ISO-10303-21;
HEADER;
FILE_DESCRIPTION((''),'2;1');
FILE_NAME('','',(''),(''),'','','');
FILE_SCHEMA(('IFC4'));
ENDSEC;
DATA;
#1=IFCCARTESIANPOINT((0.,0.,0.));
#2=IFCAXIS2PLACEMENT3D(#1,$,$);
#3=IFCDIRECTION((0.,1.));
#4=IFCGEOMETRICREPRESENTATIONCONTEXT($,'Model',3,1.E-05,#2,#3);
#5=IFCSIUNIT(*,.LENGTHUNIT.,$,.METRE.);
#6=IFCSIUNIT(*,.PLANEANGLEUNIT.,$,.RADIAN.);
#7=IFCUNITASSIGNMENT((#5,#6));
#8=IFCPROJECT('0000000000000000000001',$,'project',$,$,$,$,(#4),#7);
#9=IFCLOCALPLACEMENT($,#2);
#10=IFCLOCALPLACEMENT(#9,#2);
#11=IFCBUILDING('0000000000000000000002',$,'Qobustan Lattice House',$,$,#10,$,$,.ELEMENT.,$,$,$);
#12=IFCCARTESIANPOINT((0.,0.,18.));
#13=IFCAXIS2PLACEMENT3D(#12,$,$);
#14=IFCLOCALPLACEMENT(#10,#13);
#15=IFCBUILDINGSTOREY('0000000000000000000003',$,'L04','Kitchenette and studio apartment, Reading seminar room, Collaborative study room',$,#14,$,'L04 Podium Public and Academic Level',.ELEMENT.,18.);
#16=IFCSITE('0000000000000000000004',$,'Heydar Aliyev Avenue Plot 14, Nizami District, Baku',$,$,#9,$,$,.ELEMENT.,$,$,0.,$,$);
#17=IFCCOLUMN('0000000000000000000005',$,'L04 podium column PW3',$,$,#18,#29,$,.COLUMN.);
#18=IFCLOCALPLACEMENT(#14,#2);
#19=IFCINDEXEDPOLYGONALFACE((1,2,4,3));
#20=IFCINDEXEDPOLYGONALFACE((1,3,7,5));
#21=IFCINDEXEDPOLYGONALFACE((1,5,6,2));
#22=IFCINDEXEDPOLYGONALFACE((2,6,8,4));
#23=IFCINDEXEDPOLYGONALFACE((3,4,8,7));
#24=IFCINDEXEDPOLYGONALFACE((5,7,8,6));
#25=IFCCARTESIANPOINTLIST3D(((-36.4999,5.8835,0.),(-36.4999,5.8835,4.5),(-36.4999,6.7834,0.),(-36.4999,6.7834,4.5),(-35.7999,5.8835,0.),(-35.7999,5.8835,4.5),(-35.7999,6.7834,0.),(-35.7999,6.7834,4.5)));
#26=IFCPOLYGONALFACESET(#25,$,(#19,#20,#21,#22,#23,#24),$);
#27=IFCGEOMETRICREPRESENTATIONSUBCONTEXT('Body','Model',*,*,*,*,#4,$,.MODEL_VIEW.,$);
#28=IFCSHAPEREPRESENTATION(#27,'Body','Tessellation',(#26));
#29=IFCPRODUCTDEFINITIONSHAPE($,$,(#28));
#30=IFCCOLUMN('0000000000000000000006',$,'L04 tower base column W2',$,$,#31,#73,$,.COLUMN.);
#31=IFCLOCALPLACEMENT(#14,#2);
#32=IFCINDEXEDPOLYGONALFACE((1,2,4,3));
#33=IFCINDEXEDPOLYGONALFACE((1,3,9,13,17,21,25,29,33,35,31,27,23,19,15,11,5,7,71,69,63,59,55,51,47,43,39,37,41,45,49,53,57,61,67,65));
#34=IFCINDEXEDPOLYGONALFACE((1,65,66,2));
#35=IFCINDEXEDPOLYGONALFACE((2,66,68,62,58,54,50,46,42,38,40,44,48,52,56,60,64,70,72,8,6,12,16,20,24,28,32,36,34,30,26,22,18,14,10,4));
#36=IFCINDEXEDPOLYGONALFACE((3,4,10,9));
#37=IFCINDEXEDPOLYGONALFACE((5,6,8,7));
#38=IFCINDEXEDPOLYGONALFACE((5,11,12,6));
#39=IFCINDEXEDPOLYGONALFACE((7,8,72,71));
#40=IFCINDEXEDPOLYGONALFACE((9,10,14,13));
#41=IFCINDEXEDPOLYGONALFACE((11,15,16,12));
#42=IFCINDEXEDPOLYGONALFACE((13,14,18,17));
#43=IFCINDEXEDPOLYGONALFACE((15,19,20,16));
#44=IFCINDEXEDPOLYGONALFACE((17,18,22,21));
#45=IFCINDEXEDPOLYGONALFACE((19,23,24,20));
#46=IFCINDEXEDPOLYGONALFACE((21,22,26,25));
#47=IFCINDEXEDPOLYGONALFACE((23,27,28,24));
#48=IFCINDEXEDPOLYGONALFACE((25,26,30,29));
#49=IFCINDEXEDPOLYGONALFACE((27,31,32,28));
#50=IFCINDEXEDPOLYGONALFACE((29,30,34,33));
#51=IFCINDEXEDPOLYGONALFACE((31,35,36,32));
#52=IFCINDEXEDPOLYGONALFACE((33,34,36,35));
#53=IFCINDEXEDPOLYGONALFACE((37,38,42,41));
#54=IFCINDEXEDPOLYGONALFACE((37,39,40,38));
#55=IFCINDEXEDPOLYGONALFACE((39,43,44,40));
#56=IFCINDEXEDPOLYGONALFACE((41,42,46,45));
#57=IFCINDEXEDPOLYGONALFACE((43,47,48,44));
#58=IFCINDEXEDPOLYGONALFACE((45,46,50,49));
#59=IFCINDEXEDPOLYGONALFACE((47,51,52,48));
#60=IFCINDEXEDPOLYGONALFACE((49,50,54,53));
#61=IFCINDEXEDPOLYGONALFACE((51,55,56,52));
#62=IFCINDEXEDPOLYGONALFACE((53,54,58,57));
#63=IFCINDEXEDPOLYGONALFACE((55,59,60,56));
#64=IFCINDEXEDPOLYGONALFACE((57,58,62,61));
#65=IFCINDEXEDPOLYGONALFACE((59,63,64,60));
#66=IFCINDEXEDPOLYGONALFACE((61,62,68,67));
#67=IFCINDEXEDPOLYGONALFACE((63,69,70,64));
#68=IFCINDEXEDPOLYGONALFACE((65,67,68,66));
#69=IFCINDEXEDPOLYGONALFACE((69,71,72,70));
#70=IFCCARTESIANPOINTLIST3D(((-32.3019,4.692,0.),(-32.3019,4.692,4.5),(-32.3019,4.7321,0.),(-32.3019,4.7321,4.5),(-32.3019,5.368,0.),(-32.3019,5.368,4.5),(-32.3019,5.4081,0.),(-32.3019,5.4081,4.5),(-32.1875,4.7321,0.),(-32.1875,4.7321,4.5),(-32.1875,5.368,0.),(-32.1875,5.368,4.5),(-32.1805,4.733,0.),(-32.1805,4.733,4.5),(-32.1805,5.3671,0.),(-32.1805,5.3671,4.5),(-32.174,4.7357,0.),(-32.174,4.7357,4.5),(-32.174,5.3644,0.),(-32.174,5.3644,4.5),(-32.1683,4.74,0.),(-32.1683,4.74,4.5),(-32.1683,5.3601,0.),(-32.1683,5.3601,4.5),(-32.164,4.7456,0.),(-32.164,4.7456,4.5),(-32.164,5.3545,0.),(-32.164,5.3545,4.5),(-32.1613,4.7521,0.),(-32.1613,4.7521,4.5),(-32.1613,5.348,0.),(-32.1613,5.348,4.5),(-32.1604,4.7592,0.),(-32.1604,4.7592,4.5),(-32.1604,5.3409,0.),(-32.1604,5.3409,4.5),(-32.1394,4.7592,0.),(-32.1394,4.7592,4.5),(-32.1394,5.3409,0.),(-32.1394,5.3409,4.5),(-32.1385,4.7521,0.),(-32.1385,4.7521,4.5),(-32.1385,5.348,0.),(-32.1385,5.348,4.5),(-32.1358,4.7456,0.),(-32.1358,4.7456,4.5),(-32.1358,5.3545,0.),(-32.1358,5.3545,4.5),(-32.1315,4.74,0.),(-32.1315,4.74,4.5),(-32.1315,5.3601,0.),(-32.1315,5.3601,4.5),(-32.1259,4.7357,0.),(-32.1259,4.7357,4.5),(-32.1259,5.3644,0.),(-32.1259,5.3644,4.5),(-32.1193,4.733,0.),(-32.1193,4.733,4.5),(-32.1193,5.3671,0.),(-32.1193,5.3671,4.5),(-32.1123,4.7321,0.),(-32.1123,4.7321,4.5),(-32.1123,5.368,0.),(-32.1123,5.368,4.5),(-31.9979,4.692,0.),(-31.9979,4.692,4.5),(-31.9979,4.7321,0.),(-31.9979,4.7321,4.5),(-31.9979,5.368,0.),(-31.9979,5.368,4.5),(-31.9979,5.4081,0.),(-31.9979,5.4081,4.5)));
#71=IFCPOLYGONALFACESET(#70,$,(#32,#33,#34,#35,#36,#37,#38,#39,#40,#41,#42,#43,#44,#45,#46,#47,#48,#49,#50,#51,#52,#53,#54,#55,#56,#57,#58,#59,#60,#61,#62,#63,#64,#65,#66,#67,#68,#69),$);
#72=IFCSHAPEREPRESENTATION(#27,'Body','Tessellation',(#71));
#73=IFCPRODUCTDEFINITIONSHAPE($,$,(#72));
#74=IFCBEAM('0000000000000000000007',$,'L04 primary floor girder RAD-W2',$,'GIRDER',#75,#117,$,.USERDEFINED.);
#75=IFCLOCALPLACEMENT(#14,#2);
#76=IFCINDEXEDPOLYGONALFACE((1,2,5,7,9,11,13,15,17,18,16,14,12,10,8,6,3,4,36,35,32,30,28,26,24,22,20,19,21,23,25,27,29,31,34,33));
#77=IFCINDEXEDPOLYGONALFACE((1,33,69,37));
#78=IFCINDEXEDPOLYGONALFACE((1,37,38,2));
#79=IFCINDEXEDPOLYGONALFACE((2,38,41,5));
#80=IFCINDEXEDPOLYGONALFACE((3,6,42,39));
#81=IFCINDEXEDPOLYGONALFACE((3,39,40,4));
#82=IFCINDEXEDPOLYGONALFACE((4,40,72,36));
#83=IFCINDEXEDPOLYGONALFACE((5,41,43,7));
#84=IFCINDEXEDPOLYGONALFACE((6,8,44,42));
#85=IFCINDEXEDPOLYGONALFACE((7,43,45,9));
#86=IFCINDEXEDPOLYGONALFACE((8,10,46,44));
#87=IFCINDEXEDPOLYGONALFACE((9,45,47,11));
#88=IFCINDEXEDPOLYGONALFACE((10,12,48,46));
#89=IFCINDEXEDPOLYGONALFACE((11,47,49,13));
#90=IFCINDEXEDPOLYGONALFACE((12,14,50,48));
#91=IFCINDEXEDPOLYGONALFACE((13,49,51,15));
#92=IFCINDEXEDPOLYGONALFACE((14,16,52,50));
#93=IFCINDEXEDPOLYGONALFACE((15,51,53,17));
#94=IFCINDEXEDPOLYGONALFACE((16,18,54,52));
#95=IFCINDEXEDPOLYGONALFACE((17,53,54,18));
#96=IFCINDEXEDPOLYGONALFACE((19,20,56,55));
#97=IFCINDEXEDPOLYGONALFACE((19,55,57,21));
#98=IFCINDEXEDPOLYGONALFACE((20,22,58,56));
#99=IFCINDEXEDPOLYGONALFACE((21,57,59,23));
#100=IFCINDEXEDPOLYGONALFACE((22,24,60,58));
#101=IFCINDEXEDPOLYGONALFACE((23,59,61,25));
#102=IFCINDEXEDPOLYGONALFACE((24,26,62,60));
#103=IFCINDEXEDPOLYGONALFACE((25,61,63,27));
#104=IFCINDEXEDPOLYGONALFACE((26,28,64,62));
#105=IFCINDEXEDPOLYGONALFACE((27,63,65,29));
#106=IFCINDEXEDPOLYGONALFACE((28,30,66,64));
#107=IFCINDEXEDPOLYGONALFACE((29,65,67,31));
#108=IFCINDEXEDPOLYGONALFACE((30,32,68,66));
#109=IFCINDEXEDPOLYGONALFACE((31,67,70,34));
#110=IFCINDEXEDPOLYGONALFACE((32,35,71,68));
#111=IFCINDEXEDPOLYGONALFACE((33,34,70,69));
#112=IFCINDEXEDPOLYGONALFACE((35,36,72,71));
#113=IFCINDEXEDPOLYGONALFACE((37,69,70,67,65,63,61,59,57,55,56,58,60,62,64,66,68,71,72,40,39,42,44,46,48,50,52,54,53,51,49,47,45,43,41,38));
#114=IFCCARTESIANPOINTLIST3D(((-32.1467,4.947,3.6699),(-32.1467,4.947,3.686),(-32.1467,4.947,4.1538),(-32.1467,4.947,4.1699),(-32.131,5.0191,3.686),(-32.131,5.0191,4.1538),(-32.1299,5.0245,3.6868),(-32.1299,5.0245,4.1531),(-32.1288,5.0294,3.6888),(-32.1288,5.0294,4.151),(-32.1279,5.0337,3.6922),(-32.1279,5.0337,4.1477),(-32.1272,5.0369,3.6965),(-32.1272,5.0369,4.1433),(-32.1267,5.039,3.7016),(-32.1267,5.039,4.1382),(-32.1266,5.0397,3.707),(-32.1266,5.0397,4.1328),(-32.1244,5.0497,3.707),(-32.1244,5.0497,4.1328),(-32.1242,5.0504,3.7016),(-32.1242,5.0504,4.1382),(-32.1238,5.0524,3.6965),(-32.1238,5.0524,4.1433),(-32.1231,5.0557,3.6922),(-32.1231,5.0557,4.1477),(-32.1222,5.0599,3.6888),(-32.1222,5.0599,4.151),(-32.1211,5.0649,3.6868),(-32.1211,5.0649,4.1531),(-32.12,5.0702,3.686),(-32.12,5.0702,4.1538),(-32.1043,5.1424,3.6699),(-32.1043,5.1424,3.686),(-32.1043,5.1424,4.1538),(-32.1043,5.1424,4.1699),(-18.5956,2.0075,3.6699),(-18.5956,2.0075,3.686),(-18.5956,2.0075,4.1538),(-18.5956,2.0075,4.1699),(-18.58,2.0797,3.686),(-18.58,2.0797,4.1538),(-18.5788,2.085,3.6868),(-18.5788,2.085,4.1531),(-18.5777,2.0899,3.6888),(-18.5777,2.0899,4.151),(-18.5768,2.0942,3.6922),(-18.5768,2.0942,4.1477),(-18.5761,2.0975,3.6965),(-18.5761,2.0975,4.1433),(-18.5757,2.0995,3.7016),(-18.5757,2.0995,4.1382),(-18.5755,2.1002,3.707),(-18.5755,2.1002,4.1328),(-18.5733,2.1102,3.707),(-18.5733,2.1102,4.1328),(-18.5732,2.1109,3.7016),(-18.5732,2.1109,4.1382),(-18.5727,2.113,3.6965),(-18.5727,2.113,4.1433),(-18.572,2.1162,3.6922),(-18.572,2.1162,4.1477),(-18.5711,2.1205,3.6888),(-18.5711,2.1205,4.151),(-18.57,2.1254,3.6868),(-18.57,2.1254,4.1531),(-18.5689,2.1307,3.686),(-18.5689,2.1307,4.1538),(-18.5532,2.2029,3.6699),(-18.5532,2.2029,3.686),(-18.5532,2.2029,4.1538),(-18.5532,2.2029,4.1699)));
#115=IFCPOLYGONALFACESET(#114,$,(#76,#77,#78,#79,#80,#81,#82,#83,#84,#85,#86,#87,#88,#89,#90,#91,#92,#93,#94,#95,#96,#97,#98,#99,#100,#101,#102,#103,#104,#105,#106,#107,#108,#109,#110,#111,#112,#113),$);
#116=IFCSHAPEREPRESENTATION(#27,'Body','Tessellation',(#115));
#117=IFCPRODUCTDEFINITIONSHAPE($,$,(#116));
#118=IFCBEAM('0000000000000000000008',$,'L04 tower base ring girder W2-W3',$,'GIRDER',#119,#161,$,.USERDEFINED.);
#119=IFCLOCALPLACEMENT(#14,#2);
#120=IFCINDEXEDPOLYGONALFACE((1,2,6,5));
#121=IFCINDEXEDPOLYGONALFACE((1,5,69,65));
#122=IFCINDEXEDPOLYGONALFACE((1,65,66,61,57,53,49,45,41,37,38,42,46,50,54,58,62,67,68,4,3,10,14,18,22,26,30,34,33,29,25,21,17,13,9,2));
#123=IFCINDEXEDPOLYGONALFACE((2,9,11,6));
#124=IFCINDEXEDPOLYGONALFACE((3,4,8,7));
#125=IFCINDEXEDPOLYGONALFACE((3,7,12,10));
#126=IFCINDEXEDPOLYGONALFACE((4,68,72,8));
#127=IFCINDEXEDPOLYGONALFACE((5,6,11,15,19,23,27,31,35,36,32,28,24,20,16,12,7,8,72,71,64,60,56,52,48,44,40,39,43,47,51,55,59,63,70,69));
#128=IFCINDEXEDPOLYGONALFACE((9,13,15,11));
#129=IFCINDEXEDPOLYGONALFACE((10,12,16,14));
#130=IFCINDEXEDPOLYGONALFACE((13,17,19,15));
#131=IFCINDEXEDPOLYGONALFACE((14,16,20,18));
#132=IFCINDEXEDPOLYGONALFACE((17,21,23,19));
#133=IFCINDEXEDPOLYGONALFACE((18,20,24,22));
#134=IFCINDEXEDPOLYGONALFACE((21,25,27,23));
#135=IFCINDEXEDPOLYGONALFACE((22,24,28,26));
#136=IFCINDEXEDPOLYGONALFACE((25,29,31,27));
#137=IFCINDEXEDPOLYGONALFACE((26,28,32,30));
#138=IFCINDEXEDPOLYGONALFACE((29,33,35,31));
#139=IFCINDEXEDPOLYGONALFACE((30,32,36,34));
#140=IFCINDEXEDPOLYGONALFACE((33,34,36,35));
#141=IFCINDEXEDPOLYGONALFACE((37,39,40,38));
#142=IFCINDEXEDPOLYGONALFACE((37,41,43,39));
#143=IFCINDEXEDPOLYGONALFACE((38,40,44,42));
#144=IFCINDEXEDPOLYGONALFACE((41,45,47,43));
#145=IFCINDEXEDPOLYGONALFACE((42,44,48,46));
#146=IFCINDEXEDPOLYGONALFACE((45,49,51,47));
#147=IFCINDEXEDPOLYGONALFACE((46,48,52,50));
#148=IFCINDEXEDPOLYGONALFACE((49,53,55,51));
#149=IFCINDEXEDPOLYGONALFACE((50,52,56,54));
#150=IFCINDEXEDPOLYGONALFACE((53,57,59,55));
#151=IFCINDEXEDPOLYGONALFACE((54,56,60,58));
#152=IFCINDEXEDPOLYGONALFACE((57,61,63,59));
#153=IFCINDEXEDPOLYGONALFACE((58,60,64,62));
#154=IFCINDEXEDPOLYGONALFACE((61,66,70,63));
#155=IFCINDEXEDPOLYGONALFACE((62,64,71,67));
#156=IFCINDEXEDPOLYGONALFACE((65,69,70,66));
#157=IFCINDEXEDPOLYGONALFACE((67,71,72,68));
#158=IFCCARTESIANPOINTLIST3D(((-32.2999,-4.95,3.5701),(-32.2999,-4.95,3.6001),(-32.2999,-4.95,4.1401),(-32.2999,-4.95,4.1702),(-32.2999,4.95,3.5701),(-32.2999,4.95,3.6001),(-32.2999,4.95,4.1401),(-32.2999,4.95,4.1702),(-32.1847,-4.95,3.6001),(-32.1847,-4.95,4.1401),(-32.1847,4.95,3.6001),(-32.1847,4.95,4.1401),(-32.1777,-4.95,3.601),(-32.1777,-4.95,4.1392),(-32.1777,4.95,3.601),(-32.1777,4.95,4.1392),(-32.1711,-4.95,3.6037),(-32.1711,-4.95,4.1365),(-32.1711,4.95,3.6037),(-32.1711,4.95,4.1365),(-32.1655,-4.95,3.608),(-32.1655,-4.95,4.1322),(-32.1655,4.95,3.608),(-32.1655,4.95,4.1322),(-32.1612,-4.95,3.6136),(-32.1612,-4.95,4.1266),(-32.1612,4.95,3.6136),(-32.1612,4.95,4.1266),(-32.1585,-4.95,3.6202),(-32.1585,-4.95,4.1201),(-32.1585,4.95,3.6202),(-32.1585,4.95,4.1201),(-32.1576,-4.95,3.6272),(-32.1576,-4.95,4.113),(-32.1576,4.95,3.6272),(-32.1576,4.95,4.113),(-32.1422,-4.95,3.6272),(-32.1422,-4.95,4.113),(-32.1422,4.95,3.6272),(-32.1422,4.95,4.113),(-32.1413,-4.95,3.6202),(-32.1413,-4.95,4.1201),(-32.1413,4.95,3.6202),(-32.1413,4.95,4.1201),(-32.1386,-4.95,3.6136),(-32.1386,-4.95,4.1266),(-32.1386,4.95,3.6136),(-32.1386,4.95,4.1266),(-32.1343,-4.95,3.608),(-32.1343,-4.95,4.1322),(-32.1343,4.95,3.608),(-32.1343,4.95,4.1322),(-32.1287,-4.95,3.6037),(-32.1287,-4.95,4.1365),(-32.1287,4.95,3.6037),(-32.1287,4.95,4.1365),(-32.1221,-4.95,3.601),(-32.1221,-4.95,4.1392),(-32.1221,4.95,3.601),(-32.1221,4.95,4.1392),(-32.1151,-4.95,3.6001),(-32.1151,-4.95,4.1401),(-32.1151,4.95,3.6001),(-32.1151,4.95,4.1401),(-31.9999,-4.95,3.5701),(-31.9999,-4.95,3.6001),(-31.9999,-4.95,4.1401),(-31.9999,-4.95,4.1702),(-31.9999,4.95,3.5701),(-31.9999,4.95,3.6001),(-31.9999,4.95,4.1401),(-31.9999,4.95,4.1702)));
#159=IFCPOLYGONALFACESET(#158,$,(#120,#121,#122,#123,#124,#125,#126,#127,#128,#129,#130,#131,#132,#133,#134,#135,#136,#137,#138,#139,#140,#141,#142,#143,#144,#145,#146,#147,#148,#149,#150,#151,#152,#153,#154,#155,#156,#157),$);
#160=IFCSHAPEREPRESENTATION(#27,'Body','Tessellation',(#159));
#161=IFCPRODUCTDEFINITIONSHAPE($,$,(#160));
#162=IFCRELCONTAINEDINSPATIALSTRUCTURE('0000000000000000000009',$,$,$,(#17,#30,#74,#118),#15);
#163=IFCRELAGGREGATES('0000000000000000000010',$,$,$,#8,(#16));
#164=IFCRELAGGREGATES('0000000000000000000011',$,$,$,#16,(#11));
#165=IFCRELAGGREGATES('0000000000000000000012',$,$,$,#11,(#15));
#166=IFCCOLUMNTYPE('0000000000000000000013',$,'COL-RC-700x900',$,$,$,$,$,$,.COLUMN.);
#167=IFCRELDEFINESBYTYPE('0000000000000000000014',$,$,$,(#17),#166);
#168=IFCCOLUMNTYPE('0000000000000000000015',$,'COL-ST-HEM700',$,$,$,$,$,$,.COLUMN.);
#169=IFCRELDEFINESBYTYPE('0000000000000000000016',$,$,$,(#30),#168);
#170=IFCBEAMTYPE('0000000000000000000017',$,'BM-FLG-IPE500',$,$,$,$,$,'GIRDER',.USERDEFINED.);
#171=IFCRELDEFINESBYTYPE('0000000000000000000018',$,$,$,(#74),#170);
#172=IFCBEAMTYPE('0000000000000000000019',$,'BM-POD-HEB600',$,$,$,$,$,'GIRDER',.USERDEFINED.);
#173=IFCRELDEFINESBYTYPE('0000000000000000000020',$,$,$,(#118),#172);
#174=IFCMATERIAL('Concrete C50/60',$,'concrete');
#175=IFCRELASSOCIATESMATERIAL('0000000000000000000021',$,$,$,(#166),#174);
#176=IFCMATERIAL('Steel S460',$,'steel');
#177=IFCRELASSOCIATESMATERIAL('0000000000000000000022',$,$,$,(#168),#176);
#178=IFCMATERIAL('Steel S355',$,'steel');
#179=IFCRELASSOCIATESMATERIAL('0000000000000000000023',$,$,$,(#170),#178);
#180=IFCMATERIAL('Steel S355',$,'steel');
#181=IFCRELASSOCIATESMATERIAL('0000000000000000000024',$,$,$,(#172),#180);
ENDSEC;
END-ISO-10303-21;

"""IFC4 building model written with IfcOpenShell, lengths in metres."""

from ifc_helpers import new_model, si_unit, direction, frame, origin, origin_2d, place, context, subcontext, project, spatial, rectangle, i_section, extrude, material, material_profile, profile_set, type_object, element, save


model = new_model("IFC4")

# Units and contexts
model_context = context("Model", 3, precision=1e-05, world=origin(), true_north=direction((0.0, 1.0)))
body_context = subcontext(model_context, "Body", "Model", "MODEL_VIEW")
ifc_project = project(units=[si_unit("LENGTHUNIT", "METRE"), si_unit("PLANEANGLEUNIT", "RADIAN")], contexts=[model_context])

# Site, building, storey
site_placement = place(None, origin())
site = spatial("IfcSite", under=ifc_project, at=site_placement, Name="Heydar Aliyev Avenue Plot 14, Nizami District, Baku", CompositionType="ELEMENT", RefElevation=0.0)
building_placement = place(site_placement, origin())
building = spatial("IfcBuilding", under=site, at=building_placement, Name="Qobustan Lattice House", CompositionType="ELEMENT")
storey_placement = place(building_placement, frame((0.0, 0.0, 18.0)))
storey = spatial("IfcBuildingStorey", under=building, at=storey_placement, Name="L04", Description="Kitchenette and studio apartment, Reading seminar room, Collaborative study room", LongName="L04 Podium Public and Academic Level", CompositionType="ELEMENT", Elevation=18.0)

# Columns
ifc_material_1 = material(Name="Concrete C50/60", Category="concrete")
ifc_material_profile_1 = material_profile(ifc_material_1, rectangle(XDim=0.7, YDim=0.8999, at=origin_2d()), Name="RC700x900")
ifc_profile_set_1 = profile_set([ifc_material_profile_1], Name="Concrete C50/60")
column_type_1 = type_object("IfcColumnType", Name="COL-RC-700x900", PredefinedType="COLUMN", material=ifc_profile_set_1)
column_1_placement = place(storey_placement, frame((-36.1499, 6.3335, 0.0), z_axis=(0.0, 0.0, 1.0), x_axis=(1.0, 0.0, 0.0)))
element("IfcColumn", 1, at=column_1_placement, inside=storey, type_object=column_type_1, Name="L04 podium column PW3", PredefinedType="COLUMN", context=body_context, shape_type="SweptSolid", body=[
    extrude(rectangle(XDim=0.7, YDim=0.8999, at=origin_2d()), origin(), (0.0, 0.0, 1.0), 4.5),
])
ifc_material_2 = material(Name="Steel S460", Category="steel")
ifc_material_profile_2 = material_profile(ifc_material_2, i_section(OverallWidth=0.304, OverallDepth=0.7161, WebThickness=0.021, FlangeThickness=0.04, FilletRadius=0.0271, at=origin_2d()), Name="HEM700")
ifc_profile_set_2 = profile_set([ifc_material_profile_2], Name="Steel S460")
column_type_2 = type_object("IfcColumnType", Name="COL-ST-HEM700", PredefinedType="COLUMN", material=ifc_profile_set_2)
column_2_placement = place(storey_placement, frame((-32.1499, 5.05, 0.0), z_axis=(0.0, 0.0, 1.0), x_axis=(1.0, 0.0, 0.0)))
element("IfcColumn", 2, at=column_2_placement, inside=storey, type_object=column_type_2, Name="L04 tower base column W2", PredefinedType="COLUMN", context=body_context, shape_type="SweptSolid", body=[
    extrude(i_section(OverallWidth=0.304, OverallDepth=0.7161, WebThickness=0.021, FlangeThickness=0.04, FilletRadius=0.0271, at=origin_2d()), origin(), (0.0, 0.0, 1.0), 4.5),
])

# Beams
ifc_material_3 = material(Name="Steel S355", Category="steel")
ifc_material_profile_3 = material_profile(ifc_material_3, i_section(OverallWidth=0.2, OverallDepth=0.5, WebThickness=0.0103, FlangeThickness=0.0161, FilletRadius=0.021, at=origin_2d()), Name="IPE500")
ifc_profile_set_3 = profile_set([ifc_material_profile_3], Name="Steel S355")
beam_type_1 = type_object("IfcBeamType", Name="BM-FLG-IPE500", ElementType="GIRDER", PredefinedType="USERDEFINED", material=ifc_profile_set_3)
beam_1_placement = place(storey_placement, frame((-32.1255, 5.0447, 3.9199), z_axis=(0.977272, -0.211987, 0.0), x_axis=(0.211987, 0.977272, 0.0)))
element("IfcBeam", 3, at=beam_1_placement, inside=storey, type_object=beam_type_1, Name="L04 primary floor girder RAD-W2", ObjectType="GIRDER", PredefinedType="USERDEFINED", context=body_context, shape_type="SweptSolid", body=[
    extrude(i_section(OverallWidth=0.2, OverallDepth=0.5, WebThickness=0.0103, FlangeThickness=0.0161, FilletRadius=0.021, at=origin_2d()), origin(), (0.0, 0.0, 1.0), 13.8662),
])
ifc_material_4 = material(Name="Steel S355", Category="steel")
ifc_material_profile_4 = material_profile(ifc_material_4, i_section(OverallWidth=0.3, OverallDepth=0.6001, WebThickness=0.0154, FlangeThickness=0.03, FilletRadius=0.0271, at=origin_2d()), Name="HEB600")
ifc_profile_set_4 = profile_set([ifc_material_profile_4], Name="Steel S355")
beam_type_2 = type_object("IfcBeamType", Name="BM-POD-HEB600", ElementType="GIRDER", PredefinedType="USERDEFINED", material=ifc_profile_set_4)
beam_2_placement = place(storey_placement, frame((-32.1499, 4.95, 3.8701), z_axis=(0.0, -1.0, 0.0), x_axis=(1.0, 0.0, 0.0)))
element("IfcBeam", 4, at=beam_2_placement, inside=storey, type_object=beam_type_2, Name="L04 tower base ring girder W2-W3", ObjectType="GIRDER", PredefinedType="USERDEFINED", context=body_context, shape_type="SweptSolid", body=[
    extrude(i_section(OverallWidth=0.3, OverallDepth=0.6001, WebThickness=0.0154, FlangeThickness=0.03, FilletRadius=0.0271, at=origin_2d()), origin(), (0.0, 0.0, 1.0), 9.8999),
])

save(model, "model.ifc")
